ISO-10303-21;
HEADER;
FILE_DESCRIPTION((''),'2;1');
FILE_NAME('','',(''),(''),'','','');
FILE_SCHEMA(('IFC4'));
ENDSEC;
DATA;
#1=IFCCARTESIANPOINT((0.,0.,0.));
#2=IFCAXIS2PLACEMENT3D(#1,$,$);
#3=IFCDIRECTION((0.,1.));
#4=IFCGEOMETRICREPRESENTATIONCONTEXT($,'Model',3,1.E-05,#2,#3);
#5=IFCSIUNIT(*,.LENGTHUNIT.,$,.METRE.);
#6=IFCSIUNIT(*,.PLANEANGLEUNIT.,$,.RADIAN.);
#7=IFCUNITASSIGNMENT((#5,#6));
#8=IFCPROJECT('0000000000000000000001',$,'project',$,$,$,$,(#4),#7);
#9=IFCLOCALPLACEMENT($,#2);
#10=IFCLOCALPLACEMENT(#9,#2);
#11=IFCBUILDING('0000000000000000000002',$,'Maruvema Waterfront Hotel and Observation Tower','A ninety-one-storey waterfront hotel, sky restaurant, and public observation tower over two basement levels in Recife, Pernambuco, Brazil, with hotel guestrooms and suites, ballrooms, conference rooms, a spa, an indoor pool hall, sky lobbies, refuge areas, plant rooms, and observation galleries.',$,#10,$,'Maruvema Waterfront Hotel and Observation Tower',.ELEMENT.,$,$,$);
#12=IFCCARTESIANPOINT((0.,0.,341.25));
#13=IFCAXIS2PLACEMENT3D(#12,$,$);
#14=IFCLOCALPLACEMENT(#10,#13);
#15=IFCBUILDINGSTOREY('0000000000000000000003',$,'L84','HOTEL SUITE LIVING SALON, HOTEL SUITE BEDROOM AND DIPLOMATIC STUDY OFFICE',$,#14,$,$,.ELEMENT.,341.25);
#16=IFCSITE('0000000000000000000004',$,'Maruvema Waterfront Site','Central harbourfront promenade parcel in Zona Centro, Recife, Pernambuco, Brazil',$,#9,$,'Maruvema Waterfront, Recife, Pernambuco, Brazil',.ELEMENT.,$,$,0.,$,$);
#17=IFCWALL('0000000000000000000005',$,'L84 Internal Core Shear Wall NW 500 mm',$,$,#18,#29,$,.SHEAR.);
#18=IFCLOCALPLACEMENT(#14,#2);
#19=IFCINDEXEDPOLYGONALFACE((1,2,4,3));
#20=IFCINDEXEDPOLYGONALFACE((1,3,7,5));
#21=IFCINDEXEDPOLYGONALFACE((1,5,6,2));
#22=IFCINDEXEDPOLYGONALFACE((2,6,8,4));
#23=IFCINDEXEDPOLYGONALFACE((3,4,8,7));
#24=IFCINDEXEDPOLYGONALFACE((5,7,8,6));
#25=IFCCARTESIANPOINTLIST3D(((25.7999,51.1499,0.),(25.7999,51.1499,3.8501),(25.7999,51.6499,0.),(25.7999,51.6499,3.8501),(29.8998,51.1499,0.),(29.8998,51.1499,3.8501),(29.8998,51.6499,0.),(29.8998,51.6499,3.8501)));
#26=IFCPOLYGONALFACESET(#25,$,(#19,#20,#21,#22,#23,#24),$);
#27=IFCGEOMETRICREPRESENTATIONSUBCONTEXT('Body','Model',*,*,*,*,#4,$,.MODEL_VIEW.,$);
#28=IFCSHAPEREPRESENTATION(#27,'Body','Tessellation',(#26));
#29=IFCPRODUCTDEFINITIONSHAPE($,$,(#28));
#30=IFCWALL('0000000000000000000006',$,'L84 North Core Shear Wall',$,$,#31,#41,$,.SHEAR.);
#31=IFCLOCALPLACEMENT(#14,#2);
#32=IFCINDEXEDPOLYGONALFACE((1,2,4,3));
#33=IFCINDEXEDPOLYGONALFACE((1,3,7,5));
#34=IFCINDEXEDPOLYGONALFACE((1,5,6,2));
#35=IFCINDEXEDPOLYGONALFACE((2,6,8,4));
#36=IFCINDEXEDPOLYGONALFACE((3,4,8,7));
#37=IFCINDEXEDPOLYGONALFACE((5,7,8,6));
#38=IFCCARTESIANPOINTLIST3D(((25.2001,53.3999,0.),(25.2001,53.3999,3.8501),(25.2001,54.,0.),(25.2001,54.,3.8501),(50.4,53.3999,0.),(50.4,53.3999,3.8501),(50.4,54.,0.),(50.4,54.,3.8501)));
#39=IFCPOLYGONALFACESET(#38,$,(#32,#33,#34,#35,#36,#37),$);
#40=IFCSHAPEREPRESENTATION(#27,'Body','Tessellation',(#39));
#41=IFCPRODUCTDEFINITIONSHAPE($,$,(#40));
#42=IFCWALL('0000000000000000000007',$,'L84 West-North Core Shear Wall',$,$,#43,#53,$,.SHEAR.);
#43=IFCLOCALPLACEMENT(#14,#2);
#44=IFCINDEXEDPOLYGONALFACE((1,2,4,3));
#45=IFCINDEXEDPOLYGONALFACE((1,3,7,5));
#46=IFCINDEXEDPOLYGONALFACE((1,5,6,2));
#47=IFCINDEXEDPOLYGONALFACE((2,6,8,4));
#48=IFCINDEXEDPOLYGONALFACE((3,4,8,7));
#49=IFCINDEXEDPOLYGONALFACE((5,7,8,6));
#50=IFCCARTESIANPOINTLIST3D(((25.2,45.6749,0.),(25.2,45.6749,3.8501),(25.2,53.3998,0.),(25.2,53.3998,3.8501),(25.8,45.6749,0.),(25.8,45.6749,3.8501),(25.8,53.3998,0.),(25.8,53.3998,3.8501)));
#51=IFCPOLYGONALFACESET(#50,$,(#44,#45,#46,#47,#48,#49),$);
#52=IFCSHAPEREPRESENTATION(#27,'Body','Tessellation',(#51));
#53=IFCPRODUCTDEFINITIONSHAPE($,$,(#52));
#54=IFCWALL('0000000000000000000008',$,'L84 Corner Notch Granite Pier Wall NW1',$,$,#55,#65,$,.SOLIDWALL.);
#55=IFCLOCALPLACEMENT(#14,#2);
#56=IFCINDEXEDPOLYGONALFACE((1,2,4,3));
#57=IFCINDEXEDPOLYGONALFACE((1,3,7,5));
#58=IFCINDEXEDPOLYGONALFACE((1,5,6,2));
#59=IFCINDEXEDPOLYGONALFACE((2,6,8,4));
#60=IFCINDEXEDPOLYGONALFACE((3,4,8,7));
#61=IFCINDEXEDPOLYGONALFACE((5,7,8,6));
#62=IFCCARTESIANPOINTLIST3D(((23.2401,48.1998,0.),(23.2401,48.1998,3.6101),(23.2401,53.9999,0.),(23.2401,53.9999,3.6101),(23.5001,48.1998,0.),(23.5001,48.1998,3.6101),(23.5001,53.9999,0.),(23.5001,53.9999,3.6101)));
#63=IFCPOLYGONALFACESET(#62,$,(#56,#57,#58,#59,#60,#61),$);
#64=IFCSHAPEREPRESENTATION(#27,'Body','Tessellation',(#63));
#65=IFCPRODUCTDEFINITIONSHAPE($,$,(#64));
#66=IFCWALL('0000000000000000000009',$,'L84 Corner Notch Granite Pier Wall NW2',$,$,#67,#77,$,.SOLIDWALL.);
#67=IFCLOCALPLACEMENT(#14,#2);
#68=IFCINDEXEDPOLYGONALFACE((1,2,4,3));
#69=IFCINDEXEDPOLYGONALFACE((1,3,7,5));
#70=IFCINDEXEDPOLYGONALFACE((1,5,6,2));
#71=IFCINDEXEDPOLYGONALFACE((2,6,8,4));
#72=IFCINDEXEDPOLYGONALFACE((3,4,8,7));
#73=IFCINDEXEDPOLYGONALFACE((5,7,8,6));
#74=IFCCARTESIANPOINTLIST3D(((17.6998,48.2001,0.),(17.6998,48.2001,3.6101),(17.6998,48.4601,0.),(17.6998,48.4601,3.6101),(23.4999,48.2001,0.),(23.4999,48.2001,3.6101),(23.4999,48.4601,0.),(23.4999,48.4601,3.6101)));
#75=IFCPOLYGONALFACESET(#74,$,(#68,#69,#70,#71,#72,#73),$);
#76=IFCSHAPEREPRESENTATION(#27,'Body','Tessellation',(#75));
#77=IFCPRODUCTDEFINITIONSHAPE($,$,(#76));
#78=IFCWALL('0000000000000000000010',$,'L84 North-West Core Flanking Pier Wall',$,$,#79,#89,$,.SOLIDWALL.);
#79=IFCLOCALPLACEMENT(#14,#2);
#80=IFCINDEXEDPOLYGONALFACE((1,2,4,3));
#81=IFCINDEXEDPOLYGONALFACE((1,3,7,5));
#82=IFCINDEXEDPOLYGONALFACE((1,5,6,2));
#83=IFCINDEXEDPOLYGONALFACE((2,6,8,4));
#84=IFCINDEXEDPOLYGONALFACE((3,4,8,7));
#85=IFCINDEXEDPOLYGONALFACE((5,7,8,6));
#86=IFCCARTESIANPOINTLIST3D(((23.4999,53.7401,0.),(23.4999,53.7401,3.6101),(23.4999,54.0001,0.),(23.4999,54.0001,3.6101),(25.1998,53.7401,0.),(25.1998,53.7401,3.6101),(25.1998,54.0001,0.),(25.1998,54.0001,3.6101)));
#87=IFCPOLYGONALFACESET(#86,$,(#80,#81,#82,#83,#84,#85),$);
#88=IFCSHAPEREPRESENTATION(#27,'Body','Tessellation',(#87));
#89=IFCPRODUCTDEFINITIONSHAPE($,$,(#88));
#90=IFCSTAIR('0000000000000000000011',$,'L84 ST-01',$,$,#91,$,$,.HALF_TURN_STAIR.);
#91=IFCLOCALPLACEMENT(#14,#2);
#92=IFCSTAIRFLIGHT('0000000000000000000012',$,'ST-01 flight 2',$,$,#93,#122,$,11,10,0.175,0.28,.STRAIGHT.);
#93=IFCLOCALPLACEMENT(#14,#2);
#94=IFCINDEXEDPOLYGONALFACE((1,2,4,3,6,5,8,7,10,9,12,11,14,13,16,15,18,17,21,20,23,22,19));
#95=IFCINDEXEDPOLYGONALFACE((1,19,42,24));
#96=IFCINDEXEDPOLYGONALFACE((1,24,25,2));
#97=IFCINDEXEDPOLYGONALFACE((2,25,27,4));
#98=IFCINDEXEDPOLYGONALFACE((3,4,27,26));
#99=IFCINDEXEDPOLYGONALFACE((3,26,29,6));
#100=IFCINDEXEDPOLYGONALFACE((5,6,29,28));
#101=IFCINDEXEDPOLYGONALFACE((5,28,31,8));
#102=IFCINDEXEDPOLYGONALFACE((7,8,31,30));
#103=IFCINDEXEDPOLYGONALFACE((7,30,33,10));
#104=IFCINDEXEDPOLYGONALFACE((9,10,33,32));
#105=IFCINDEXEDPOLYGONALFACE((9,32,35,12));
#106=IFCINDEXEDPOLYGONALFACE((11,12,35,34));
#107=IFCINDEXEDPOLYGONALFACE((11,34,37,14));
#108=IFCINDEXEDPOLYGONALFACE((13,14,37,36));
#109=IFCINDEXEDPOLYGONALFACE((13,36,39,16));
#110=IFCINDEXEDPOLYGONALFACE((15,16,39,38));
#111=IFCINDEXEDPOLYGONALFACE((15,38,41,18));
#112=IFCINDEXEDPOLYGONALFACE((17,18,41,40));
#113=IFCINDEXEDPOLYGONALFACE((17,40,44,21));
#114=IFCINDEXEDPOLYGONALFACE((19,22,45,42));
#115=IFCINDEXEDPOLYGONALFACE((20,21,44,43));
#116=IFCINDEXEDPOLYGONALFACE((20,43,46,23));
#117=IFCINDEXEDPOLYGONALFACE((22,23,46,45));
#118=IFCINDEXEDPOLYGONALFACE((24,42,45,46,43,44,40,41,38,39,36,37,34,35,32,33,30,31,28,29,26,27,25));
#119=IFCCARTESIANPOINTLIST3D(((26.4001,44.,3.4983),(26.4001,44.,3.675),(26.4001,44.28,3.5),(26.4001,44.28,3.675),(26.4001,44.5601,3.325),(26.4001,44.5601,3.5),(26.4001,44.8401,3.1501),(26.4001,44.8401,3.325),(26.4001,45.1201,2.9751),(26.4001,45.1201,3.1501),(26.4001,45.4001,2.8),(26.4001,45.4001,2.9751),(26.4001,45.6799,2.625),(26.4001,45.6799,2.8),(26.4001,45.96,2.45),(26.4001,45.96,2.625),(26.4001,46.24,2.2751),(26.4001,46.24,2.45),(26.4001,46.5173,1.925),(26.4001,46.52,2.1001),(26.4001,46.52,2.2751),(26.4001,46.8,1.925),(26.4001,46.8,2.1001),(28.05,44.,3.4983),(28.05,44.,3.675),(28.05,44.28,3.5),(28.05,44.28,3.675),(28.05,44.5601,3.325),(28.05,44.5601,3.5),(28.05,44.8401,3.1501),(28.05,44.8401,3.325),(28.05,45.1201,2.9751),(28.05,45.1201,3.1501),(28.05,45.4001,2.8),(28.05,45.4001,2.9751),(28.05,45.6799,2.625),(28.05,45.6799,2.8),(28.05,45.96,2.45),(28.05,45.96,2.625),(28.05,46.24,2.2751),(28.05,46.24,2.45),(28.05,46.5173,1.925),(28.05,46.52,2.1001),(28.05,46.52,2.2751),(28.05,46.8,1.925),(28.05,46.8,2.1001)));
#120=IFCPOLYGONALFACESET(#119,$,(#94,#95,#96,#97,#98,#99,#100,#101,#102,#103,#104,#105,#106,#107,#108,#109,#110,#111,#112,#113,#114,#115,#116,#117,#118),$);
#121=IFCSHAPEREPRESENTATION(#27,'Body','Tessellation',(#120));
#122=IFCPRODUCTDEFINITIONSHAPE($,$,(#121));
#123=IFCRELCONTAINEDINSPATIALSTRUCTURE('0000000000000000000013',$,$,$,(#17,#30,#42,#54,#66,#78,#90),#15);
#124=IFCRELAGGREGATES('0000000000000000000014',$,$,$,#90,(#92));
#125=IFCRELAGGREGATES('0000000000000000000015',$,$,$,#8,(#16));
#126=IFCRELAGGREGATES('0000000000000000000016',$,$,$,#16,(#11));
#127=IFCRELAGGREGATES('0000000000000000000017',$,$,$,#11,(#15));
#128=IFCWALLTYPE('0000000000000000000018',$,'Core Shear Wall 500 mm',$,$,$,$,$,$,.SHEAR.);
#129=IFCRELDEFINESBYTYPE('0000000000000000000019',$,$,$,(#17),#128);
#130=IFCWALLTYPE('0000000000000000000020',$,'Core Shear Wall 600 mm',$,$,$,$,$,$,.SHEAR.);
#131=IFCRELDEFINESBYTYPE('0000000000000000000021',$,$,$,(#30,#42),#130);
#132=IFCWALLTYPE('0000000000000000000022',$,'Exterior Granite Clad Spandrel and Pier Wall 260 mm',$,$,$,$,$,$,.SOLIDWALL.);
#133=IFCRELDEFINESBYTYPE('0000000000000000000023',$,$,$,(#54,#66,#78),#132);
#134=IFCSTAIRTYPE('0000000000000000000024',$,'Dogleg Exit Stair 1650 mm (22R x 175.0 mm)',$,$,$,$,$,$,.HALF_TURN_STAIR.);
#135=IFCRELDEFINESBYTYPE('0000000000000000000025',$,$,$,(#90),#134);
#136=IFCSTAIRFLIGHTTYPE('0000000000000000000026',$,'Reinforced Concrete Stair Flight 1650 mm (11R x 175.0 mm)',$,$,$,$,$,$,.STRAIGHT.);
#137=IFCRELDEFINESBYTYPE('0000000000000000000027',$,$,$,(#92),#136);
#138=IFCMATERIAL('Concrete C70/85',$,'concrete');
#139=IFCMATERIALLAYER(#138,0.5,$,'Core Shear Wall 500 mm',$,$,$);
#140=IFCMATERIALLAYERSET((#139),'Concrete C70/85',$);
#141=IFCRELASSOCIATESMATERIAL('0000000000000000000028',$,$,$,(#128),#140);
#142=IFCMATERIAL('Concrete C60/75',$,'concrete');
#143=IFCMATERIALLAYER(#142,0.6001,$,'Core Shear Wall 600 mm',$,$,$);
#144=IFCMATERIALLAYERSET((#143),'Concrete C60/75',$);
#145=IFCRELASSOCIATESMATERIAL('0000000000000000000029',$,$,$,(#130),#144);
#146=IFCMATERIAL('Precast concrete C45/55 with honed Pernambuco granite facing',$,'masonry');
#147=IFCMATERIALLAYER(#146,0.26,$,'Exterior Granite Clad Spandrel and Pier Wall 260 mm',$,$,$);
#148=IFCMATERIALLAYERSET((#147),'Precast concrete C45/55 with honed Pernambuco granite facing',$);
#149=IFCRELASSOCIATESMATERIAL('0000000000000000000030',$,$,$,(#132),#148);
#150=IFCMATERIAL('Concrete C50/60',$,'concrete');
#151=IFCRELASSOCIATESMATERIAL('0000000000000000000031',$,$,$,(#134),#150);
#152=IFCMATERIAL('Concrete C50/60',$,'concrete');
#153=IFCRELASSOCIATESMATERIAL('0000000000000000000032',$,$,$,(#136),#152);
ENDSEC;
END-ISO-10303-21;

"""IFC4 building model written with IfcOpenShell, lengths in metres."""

from ifc_helpers import new_model, si_unit, direction, frame, frame_2d, origin, place, context, subcontext, project, spatial, polyline, rectangle, outline, extrude, material, layer, layer_set, type_object, element, aggregate, save


model = new_model("IFC4")

# Units and contexts
model_context = context("Model", 3, precision=1e-05, world=origin(), true_north=direction((0.0, 1.0)))
body_context = subcontext(model_context, "Body", "Model", "MODEL_VIEW")
ifc_project = project(units=[si_unit("LENGTHUNIT", "METRE"), si_unit("PLANEANGLEUNIT", "RADIAN")], contexts=[model_context])

# Site, building, storey
site_placement = place(None, origin())
site = spatial("IfcSite", under=ifc_project, at=site_placement, Name="Maruvema Waterfront Site", Description="Central harbourfront promenade parcel in Zona Centro, Recife, Pernambuco, Brazil", LongName="Maruvema Waterfront, Recife, Pernambuco, Brazil", CompositionType="ELEMENT", RefElevation=0.0)
building_placement = place(site_placement, origin())
building = spatial("IfcBuilding", under=site, at=building_placement, Name="Maruvema Waterfront Hotel and Observation Tower", Description="A ninety-one-storey waterfront hotel, sky restaurant, and public observation tower over two basement levels in Recife, Pernambuco, Brazil, with hotel guestrooms and suites, ballrooms, conference rooms, a spa, an indoor pool hall, sky lobbies, refuge areas, plant rooms, and observation galleries.", LongName="Maruvema Waterfront Hotel and Observation Tower", CompositionType="ELEMENT")
storey_placement = place(building_placement, frame((0.0, 0.0, 341.25)))
storey = spatial("IfcBuildingStorey", under=building, at=storey_placement, Name="L84", Description="HOTEL SUITE LIVING SALON, HOTEL SUITE BEDROOM AND DIPLOMATIC STUDY OFFICE", CompositionType="ELEMENT", Elevation=341.25)

# Walls
ifc_material_1 = material(Name="Concrete C70/85", Category="concrete")
ifc_layer_1 = layer(ifc_material_1, 0.5, Name="Core Shear Wall 500 mm")
ifc_layer_set_1 = layer_set([ifc_layer_1], Name="Concrete C70/85")
wall_type_1 = type_object("IfcWallType", Name="Core Shear Wall 500 mm", PredefinedType="SHEAR", material=ifc_layer_set_1)
wall_1_placement = place(storey_placement, frame((25.8, 51.3999, 0.0), z_axis=(0.0, 0.0, 1.0), x_axis=(1.0, 0.0, 0.0)))
element("IfcWall", 1, at=wall_1_placement, inside=storey, type_object=wall_type_1, Name="L84 Internal Core Shear Wall NW 500 mm", PredefinedType="SHEAR", context=body_context, shape_type="SweptSolid", body=[
    extrude(rectangle(XDim=4.0999, YDim=0.5, at=frame_2d((2.0498, 0.0))), origin(), (0.0, 0.0, 1.0), 3.8501),
])
ifc_material_2 = material(Name="Concrete C60/75", Category="concrete")
ifc_layer_2 = layer(ifc_material_2, 0.6001, Name="Core Shear Wall 600 mm")
ifc_layer_set_2 = layer_set([ifc_layer_2], Name="Concrete C60/75")
wall_type_2 = type_object("IfcWallType", Name="Core Shear Wall 600 mm", PredefinedType="SHEAR", material=ifc_layer_set_2)
wall_2_placement = place(storey_placement, frame((25.2, 53.7, 0.0), z_axis=(0.0, 0.0, 1.0), x_axis=(1.0, 0.0, 0.0)))
element("IfcWall", 2, at=wall_2_placement, inside=storey, type_object=wall_type_2, Name="L84 North Core Shear Wall", PredefinedType="SHEAR", context=body_context, shape_type="SweptSolid", body=[
    extrude(rectangle(XDim=25.2, YDim=0.6001, at=frame_2d((12.6001, 0.0))), origin(), (0.0, 0.0, 1.0), 3.8501),
])
wall_3_placement = place(storey_placement, frame((25.5, 45.675, 0.0), z_axis=(0.0, 0.0, 1.0), x_axis=(0.0, 1.0, 0.0)))
element("IfcWall", 3, at=wall_3_placement, inside=storey, type_object=wall_type_2, Name="L84 West-North Core Shear Wall", PredefinedType="SHEAR", context=body_context, shape_type="SweptSolid", body=[
    extrude(rectangle(XDim=7.7249, YDim=0.6001, at=frame_2d((3.8623, 0.0))), origin(), (0.0, 0.0, 1.0), 3.8501),
])
ifc_material_3 = material(Name="Precast concrete C45/55 with honed Pernambuco granite facing", Category="masonry")
ifc_layer_3 = layer(ifc_material_3, 0.26, Name="Exterior Granite Clad Spandrel and Pier Wall 260 mm")
ifc_layer_set_3 = layer_set([ifc_layer_3], Name="Precast concrete C45/55 with honed Pernambuco granite facing")
wall_type_3 = type_object("IfcWallType", Name="Exterior Granite Clad Spandrel and Pier Wall 260 mm", PredefinedType="SOLIDWALL", material=ifc_layer_set_3)
for number, where, z_axis, x_axis, name in (
    (4, (23.3701, 48.2, 0.0), (0.0, 0.0, 1.0), (0.0, 1.0, 0.0), "L84 Corner Notch Granite Pier Wall NW1"),
    (5, (17.7, 48.3301, 0.0), (0.0, 0.0, 1.0), (1.0, 0.0, 0.0), "L84 Corner Notch Granite Pier Wall NW2"),
):
    element("IfcWall", number, at=place(storey_placement, frame(where, z_axis=z_axis, x_axis=x_axis)), inside=storey, type_object=wall_type_3, Name=name, PredefinedType="SOLIDWALL", context=body_context, shape_type="SweptSolid", body=[
        extrude(rectangle(XDim=5.8, YDim=0.26, at=frame_2d((2.8999, 0.0))), origin(), (0.0, 0.0, 1.0), 3.6101),
    ])
wall_4_placement = place(storey_placement, frame((25.2, 53.8701, 0.0), z_axis=(0.0, 0.0, 1.0), x_axis=(-1.0, 0.0, 0.0)))
element("IfcWall", 6, at=wall_4_placement, inside=storey, type_object=wall_type_3, Name="L84 North-West Core Flanking Pier Wall", PredefinedType="SOLIDWALL", context=body_context, shape_type="SweptSolid", body=[
    extrude(rectangle(XDim=1.7, YDim=0.26, at=frame_2d((0.8501, 0.0))), origin(), (0.0, 0.0, 1.0), 3.6101),
])

# Stair, stair flight
ifc_material_4 = material(Name="Concrete C50/60", Category="concrete")
stair_type = type_object("IfcStairType", Name="Dogleg Exit Stair 1650 mm (22R x 175.0 mm)", PredefinedType="HALF_TURN_STAIR", material=ifc_material_4)
stair_placement = place(storey_placement, origin())
stair = element("IfcStair", 7, at=stair_placement, inside=storey, type_object=stair_type, Name="L84 ST-01", PredefinedType="HALF_TURN_STAIR")
ifc_material_5 = material(Name="Concrete C50/60", Category="concrete")
stair_flight_type = type_object("IfcStairFlightType", Name="Reinforced Concrete Stair Flight 1650 mm (11R x 175.0 mm)", PredefinedType="STRAIGHT", material=ifc_material_5)
stair_flight_placement = place(storey_placement, frame((27.2251, 46.8, 1.925), z_axis=(0.0, 0.0, 1.0), x_axis=(0.0, -1.0, 0.0)))
stair_flight = element("IfcStairFlight", 8, at=stair_flight_placement, type_object=stair_flight_type, Name="ST-01 flight 2", NumberOfRisers=11, NumberOfTreads=10, PredefinedType="STRAIGHT", RiserHeight=0.175, TreadLength=0.28, context=body_context, shape_type="SweptSolid", body=[
    extrude(outline(polyline([(0.0, 0.0), (0.0, 0.175), (0.28, 0.175), (0.28, 0.3501), (0.5601, 0.3501), (0.5601, 0.5249), (0.8401, 0.5249), (0.8401, 0.7), (1.1201, 0.7), (1.1201, 0.875), (1.3999, 0.875), (1.3999, 1.05), (1.6799, 1.05), (1.6799, 1.2251), (1.96, 1.2251), (1.96, 1.3999), (2.24, 1.3999), (2.24, 1.575), (2.52, 1.575), (2.52, 1.75), (2.8, 1.75), (2.8, 1.925), (2.8, 1.5732), (0.2827, 0.0), (0.0, 0.0)])), frame((0.0, 0.825, 0.0), z_axis=(0.0, -1.0, 0.0), x_axis=(1.0, 0.0, 0.0)), (0.0, 0.0, 1.0), 1.6499),
])
aggregate(stair, [stair_flight])

save(model, "model.ifc")
